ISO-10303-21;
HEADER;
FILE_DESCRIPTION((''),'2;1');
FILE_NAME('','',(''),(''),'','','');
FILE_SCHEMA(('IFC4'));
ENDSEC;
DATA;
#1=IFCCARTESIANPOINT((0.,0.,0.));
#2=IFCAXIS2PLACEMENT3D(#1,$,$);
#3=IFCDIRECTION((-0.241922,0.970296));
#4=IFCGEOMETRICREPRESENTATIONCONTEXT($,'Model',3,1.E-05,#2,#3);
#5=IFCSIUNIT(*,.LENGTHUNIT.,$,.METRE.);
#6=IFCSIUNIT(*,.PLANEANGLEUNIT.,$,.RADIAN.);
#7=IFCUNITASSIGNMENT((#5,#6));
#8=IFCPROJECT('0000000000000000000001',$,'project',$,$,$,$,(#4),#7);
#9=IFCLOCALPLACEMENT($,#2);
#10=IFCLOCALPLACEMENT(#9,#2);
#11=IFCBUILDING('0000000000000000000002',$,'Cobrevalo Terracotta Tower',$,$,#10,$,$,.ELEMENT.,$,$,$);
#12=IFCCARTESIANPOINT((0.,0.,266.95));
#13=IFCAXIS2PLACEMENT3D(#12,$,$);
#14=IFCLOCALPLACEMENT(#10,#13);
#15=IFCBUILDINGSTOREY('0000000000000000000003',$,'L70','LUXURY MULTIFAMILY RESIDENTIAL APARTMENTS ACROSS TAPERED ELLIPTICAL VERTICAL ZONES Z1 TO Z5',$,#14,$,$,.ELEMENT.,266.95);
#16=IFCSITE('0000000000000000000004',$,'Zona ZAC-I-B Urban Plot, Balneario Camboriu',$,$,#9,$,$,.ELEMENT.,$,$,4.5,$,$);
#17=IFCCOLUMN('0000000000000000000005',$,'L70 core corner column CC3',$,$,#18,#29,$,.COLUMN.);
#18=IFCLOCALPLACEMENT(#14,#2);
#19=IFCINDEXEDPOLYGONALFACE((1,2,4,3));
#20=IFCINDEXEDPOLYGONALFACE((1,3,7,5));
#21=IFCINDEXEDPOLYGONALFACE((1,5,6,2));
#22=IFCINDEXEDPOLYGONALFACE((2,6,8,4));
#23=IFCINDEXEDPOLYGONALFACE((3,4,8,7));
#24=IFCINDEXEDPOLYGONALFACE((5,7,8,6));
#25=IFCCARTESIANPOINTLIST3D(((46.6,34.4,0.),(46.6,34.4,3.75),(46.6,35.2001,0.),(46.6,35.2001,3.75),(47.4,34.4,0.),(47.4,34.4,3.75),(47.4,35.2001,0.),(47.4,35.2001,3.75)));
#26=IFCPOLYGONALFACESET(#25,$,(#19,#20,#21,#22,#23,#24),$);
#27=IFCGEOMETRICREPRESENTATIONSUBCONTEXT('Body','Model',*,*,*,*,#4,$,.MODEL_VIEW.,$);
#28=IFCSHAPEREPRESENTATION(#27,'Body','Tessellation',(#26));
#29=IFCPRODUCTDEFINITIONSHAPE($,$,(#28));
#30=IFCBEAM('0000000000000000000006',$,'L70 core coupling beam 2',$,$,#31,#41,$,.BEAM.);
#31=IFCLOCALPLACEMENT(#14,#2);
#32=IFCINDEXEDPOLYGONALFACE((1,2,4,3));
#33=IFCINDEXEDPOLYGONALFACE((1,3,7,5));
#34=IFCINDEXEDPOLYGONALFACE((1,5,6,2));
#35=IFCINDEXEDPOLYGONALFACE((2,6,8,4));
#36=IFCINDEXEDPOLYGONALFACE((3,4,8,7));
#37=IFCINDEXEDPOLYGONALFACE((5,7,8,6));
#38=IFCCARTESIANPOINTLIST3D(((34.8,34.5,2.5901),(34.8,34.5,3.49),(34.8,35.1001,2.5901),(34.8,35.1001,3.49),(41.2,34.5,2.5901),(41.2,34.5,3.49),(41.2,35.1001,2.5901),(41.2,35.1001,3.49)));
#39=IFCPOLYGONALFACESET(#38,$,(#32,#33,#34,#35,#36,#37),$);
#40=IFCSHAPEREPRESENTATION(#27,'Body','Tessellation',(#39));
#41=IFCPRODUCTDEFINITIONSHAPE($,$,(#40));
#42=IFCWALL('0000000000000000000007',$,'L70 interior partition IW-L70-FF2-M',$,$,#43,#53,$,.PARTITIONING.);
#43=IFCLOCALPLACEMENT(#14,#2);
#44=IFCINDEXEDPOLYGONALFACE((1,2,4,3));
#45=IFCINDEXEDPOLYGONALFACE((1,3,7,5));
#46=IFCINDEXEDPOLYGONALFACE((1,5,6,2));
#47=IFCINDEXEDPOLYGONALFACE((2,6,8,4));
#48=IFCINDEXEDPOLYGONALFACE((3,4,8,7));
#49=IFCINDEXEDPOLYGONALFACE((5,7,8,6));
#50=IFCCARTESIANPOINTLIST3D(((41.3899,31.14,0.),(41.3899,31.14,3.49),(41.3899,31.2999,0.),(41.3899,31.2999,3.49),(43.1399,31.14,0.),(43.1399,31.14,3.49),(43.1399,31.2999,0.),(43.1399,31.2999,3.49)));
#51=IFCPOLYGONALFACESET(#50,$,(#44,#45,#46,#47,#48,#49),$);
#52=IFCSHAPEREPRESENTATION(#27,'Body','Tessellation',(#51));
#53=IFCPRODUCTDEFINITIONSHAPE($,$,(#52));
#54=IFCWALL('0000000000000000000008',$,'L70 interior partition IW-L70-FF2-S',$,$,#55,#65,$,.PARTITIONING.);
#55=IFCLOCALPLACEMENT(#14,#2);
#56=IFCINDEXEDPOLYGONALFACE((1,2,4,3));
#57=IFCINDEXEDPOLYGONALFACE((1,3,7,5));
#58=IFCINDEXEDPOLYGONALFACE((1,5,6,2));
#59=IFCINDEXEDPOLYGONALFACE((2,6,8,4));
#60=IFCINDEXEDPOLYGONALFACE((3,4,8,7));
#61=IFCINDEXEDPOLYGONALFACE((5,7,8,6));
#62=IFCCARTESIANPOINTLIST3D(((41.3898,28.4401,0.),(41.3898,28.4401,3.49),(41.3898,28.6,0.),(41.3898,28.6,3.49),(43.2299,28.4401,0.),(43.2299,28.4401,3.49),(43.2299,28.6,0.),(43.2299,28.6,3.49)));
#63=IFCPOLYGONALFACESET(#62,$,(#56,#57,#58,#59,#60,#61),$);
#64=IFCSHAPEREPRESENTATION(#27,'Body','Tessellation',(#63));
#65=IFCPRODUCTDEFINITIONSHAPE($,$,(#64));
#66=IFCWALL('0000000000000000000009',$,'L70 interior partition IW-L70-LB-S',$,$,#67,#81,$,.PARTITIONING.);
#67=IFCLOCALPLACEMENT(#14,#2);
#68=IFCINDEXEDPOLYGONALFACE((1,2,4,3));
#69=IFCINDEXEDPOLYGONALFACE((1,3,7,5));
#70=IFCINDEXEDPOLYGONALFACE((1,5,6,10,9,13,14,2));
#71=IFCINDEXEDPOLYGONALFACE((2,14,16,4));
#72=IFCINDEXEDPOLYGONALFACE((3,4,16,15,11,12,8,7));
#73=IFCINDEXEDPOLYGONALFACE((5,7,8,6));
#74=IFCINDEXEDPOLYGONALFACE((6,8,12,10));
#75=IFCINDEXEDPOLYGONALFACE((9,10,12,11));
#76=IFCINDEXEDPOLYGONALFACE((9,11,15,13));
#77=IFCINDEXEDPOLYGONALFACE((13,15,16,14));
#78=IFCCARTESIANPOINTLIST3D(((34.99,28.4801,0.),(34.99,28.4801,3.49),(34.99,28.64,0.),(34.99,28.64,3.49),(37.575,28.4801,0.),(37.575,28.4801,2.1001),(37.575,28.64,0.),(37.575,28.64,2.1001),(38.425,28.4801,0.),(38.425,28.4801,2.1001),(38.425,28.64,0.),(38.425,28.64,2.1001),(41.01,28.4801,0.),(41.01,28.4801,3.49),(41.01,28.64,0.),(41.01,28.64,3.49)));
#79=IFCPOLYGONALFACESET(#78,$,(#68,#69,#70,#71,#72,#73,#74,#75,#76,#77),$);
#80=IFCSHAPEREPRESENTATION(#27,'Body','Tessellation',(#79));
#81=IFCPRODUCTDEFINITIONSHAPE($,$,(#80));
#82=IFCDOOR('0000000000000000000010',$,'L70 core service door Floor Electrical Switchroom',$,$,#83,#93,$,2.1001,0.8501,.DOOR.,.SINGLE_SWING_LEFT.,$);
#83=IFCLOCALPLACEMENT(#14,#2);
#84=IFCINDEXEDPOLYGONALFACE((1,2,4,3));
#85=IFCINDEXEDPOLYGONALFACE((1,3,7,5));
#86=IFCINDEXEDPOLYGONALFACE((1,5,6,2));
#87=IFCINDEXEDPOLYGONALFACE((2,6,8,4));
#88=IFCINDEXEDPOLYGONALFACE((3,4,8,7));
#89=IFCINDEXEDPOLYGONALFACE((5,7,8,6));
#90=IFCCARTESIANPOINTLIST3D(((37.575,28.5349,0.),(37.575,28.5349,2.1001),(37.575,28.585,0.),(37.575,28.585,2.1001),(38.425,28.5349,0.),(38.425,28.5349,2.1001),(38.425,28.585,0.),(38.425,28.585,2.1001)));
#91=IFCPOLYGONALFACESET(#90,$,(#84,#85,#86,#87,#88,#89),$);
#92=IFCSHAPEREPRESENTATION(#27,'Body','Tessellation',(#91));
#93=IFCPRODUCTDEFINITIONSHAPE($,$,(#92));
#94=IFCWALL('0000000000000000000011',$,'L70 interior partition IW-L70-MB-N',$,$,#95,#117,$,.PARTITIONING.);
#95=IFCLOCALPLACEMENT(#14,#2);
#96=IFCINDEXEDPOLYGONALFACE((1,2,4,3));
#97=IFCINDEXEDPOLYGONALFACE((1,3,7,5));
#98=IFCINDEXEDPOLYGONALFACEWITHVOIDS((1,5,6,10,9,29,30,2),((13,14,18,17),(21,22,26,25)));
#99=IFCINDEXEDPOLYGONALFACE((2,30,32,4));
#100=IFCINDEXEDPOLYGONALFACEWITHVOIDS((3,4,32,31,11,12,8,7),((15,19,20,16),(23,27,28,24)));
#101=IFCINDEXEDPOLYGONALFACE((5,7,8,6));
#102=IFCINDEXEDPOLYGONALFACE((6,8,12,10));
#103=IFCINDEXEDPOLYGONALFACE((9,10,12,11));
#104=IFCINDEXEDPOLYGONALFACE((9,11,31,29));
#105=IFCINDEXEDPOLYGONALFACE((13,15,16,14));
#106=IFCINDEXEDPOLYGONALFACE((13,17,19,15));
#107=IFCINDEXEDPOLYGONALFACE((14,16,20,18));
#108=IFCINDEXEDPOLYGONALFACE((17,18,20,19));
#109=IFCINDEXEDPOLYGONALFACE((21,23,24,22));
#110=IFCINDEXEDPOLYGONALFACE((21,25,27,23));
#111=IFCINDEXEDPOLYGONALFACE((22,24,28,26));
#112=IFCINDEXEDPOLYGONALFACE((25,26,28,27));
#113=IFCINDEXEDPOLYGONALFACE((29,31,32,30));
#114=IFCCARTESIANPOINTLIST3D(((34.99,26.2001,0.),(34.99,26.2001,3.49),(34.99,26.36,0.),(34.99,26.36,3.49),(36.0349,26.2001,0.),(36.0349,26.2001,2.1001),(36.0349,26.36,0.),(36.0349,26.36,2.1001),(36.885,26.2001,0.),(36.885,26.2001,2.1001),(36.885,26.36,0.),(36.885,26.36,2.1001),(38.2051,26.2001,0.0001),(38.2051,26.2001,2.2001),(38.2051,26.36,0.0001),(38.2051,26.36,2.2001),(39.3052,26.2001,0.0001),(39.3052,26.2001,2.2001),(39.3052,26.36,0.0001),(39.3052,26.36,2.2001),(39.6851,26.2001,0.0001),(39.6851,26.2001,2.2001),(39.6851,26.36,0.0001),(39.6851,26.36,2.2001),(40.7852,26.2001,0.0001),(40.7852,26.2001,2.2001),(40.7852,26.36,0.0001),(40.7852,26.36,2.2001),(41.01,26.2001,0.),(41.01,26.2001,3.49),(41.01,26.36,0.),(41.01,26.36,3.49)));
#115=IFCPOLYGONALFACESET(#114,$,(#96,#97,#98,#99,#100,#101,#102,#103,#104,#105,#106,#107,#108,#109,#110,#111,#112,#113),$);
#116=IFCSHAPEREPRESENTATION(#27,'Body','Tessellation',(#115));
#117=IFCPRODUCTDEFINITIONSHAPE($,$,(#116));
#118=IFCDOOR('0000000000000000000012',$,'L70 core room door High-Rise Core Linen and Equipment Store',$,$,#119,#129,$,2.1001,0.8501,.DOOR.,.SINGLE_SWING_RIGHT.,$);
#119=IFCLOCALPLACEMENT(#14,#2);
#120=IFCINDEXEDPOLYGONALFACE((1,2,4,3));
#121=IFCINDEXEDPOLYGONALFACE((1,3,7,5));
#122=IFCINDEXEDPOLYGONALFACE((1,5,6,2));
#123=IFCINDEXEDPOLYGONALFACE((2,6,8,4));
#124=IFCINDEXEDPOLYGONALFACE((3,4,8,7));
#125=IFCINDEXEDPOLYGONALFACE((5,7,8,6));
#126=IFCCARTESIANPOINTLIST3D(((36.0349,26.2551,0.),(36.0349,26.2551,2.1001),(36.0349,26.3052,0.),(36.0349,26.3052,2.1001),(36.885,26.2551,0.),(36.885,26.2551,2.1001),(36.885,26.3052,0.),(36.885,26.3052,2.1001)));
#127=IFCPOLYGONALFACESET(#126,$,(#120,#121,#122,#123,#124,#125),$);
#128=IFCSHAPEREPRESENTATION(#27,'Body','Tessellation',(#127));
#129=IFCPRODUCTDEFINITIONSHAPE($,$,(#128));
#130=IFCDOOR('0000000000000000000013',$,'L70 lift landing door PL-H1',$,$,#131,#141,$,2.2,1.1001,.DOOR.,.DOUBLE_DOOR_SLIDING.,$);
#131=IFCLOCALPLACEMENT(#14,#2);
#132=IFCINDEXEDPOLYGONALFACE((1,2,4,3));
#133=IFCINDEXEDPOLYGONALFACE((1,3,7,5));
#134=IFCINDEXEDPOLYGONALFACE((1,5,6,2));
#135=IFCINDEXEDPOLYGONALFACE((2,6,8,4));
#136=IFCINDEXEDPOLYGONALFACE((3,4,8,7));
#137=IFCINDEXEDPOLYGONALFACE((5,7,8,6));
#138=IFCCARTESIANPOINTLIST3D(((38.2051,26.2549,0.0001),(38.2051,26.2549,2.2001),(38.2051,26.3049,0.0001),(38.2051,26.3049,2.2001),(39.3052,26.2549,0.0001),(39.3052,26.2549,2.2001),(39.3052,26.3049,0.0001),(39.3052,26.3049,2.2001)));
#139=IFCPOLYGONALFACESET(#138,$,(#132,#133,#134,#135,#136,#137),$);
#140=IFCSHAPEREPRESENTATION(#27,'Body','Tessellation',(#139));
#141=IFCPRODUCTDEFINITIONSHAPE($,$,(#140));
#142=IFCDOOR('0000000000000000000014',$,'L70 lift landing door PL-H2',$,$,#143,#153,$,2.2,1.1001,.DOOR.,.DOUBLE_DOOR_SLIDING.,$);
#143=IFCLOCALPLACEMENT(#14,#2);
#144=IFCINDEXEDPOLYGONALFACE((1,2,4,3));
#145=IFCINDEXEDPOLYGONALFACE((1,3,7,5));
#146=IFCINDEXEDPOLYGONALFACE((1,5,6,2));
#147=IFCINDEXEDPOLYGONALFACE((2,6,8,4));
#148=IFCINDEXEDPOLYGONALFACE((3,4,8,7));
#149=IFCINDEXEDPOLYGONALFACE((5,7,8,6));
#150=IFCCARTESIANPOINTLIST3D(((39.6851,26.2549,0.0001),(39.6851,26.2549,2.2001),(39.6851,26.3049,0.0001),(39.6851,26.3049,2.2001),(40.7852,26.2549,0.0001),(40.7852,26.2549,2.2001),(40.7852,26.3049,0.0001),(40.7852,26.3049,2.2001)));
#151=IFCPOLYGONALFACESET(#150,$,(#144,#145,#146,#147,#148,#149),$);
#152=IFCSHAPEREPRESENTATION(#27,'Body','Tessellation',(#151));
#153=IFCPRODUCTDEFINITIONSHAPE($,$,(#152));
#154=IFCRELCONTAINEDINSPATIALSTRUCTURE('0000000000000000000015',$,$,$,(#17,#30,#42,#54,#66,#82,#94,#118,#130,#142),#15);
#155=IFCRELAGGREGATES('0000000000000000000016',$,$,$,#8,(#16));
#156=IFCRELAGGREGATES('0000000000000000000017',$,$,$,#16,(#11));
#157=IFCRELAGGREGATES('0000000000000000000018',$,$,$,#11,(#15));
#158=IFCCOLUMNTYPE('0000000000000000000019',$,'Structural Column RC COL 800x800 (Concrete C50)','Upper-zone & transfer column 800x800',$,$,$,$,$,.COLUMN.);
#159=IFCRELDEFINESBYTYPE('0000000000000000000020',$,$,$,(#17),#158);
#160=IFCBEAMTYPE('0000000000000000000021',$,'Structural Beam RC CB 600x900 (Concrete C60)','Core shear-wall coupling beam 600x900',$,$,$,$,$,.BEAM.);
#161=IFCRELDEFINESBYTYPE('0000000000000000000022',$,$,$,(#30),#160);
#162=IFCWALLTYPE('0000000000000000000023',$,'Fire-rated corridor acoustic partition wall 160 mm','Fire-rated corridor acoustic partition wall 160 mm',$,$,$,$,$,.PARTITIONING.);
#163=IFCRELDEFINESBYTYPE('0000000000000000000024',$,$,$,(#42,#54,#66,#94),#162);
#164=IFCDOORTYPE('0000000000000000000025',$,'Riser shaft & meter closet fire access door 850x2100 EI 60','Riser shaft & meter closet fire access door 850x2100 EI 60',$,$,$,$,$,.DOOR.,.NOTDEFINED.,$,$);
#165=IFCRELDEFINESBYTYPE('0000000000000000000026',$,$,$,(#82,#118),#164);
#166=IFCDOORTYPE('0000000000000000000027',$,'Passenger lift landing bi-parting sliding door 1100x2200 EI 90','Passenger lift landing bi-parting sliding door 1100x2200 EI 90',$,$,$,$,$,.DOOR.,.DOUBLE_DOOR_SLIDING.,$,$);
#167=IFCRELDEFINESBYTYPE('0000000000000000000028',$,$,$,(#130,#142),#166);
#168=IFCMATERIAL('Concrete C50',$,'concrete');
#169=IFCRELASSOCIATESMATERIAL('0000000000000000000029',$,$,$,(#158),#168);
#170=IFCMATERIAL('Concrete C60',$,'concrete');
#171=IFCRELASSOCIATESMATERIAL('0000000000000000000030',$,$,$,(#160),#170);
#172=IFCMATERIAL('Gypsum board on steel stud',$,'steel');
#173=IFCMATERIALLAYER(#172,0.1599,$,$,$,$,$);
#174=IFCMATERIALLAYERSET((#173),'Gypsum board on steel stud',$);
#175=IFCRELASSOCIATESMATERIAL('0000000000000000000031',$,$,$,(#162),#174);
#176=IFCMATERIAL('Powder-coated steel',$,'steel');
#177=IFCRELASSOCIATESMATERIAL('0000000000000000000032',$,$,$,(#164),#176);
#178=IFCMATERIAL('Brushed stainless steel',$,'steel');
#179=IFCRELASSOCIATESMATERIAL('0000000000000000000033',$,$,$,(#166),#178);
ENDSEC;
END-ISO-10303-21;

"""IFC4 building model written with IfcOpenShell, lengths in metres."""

from ifc_helpers import new_model, si_unit, direction, frame, frame_2d, origin, origin_2d, place, context, subcontext, project, spatial, rectangle, extrude, source, transform, mapped, material, layer, layer_set, material_profile, profile_set, type_object, element, fill, save


model = new_model("IFC4")

# Units and contexts
model_context = context("Model", 3, precision=1e-05, world=origin(), true_north=direction((-0.241922, 0.970296)))
body_context = subcontext(model_context, "Body", "Model", "MODEL_VIEW")
ifc_project = project(units=[si_unit("LENGTHUNIT", "METRE"), si_unit("PLANEANGLEUNIT", "RADIAN")], contexts=[model_context])

# Site, building, storey
site_placement = place(None, origin())
site = spatial("IfcSite", under=ifc_project, at=site_placement, Name="Zona ZAC-I-B Urban Plot, Balneario Camboriu", CompositionType="ELEMENT", RefElevation=4.5)
building_placement = place(site_placement, origin())
building = spatial("IfcBuilding", under=site, at=building_placement, Name="Cobrevalo Terracotta Tower", CompositionType="ELEMENT")
storey_placement = place(building_placement, frame((0.0, 0.0, 266.95)))
storey = spatial("IfcBuildingStorey", under=building, at=storey_placement, Name="L70", Description="LUXURY MULTIFAMILY RESIDENTIAL APARTMENTS ACROSS TAPERED ELLIPTICAL VERTICAL ZONES Z1 TO Z5", CompositionType="ELEMENT", Elevation=266.95)

# Column
ifc_material_1 = material(Name="Concrete C50", Category="concrete")
ifc_material_profile_1 = material_profile(ifc_material_1, rectangle(XDim=0.8, YDim=0.8, at=origin_2d()), Name="RC COL 800x800")
ifc_profile_set_1 = profile_set([ifc_material_profile_1], Name="Concrete C50")
column_type = type_object("IfcColumnType", Name="Structural Column RC COL 800x800 (Concrete C50)", Description="Upper-zone & transfer column 800x800", PredefinedType="COLUMN", material=ifc_profile_set_1)
column_placement = place(storey_placement, frame((47.0, 34.8, 0.0), z_axis=(0.0, 0.0, 1.0), x_axis=(1.0, 0.0, 0.0)))
element("IfcColumn", 1, at=column_placement, inside=storey, type_object=column_type, Name="L70 core corner column CC3", PredefinedType="COLUMN", context=body_context, shape_type="SweptSolid", body=[
    extrude(rectangle(XDim=0.8, YDim=0.8, at=origin_2d()), origin(), (0.0, 0.0, 1.0), 3.75),
])

# Beam
ifc_material_2 = material(Name="Concrete C60", Category="concrete")
ifc_material_profile_2 = material_profile(ifc_material_2, rectangle(XDim=0.6001, YDim=0.8999, at=origin_2d()), Name="RC CB 600x900")
ifc_profile_set_2 = profile_set([ifc_material_profile_2], Name="Concrete C60")
beam_type = type_object("IfcBeamType", Name="Structural Beam RC CB 600x900 (Concrete C60)", Description="Core shear-wall coupling beam 600x900", PredefinedType="BEAM", material=ifc_profile_set_2)
beam_placement = place(storey_placement, frame((34.8, 34.8, 3.04), z_axis=(1.0, 0.0, 0.0), x_axis=(0.0, 1.0, 0.0)))
element("IfcBeam", 2, at=beam_placement, inside=storey, type_object=beam_type, Name="L70 core coupling beam 2", PredefinedType="BEAM", context=body_context, shape_type="SweptSolid", body=[
    extrude(rectangle(XDim=0.6001, YDim=0.8999, at=origin_2d()), origin(), (0.0, 0.0, 1.0), 6.3999),
])

# Walls
ifc_material_3 = material(Name="Gypsum board on steel stud", Category="steel")
ifc_layer_1 = layer(ifc_material_3, 0.1599)
ifc_layer_set_1 = layer_set([ifc_layer_1], Name="Gypsum board on steel stud")
wall_type_1 = type_object("IfcWallType", Name="Fire-rated corridor acoustic partition wall 160 mm", Description="Fire-rated corridor acoustic partition wall 160 mm", PredefinedType="PARTITIONING", material=ifc_layer_set_1)
wall_1_placement = place(storey_placement, frame((41.3899, 31.22, 0.0), z_axis=(0.0, 0.0, 1.0), x_axis=(1.0, 0.0, 0.0)))
element("IfcWall", 3, at=wall_1_placement, inside=storey, type_object=wall_type_1, Name="L70 interior partition IW-L70-FF2-M", PredefinedType="PARTITIONING", context=body_context, shape_type="SweptSolid", body=[
    extrude(rectangle(XDim=1.75, YDim=0.1599, at=frame_2d((0.875, 0.0))), origin(), (0.0, 0.0, 1.0), 3.49),
])
wall_2_placement = place(storey_placement, frame((41.3899, 28.52, 0.0), z_axis=(0.0, 0.0, 1.0), x_axis=(1.0, 0.0, 0.0)))
element("IfcWall", 4, at=wall_2_placement, inside=storey, type_object=wall_type_1, Name="L70 interior partition IW-L70-FF2-S", PredefinedType="PARTITIONING", context=body_context, shape_type="SweptSolid", body=[
    extrude(rectangle(XDim=1.8401, YDim=0.1599, at=frame_2d((0.9199, 0.0))), origin(), (0.0, 0.0, 1.0), 3.49),
])

# Wall, opening, door
wall_3_placement = place(storey_placement, frame((34.99, 28.5601, 0.0), z_axis=(0.0, 0.0, 1.0), x_axis=(1.0, 0.0, 0.0)))
wall_3 = element("IfcWall", 5, at=wall_3_placement, inside=storey, type_object=wall_type_1, Name="L70 interior partition IW-L70-LB-S", PredefinedType="PARTITIONING", context=body_context, shape_type="SweptSolid", body=[
    extrude(rectangle(XDim=6.02, YDim=0.1599, at=frame_2d((3.01, 0.0))), origin(), (0.0, 0.0, 1.0), 3.49),
])
opening_1_placement = place(wall_3_placement, frame((2.585, 0.0, 0.0)))
opening_1 = element("IfcOpeningElement", 6, at=opening_1_placement, cuts=wall_3, PredefinedType="OPENING", context=body_context, shape_type="SweptSolid", body=[
    extrude(rectangle(XDim=0.8501, YDim=2.1001, at=frame_2d((0.425, 1.05))), frame((0.0, 0.0898, 0.0), z_axis=(0.0, -1.0, 0.0), x_axis=(1.0, 0.0, 0.0)), (0.0, 0.0, 1.0), 0.1799),
])
ifc_material_4 = material(Name="Powder-coated steel", Category="steel")
door_type_1 = type_object("IfcDoorType", Name="Riser shaft & meter closet fire access door 850x2100 EI 60", Description="Riser shaft & meter closet fire access door 850x2100 EI 60", OperationType="NOTDEFINED", PredefinedType="DOOR", material=ifc_material_4)
shared_shape_1 = source(origin(), body_context, "Body", "SweptSolid", [
    extrude(rectangle(XDim=0.8501, YDim=2.1001, at=frame_2d((0.425, 1.05))), frame((0.0, 0.0249, 0.0), z_axis=(0.0, -1.0, 0.0), x_axis=(1.0, 0.0, 0.0)), (0.0, 0.0, 1.0), 0.05),
])
door_1_placement = place(opening_1_placement, origin())
door_1 = element("IfcDoor", 7, at=door_1_placement, inside=storey, type_object=door_type_1, Name="L70 core service door Floor Electrical Switchroom", OperationType="SINGLE_SWING_LEFT", OverallHeight=2.1001, OverallWidth=0.8501, PredefinedType="DOOR", context=body_context, shape_type="MappedRepresentation", body=[
    mapped(shared_shape_1, transform((0.0, 0.0, 0.0), scale=1.0)),
])
fill(opening_1, door_1)

# Wall, openings, doors
wall_4_placement = place(storey_placement, frame((34.99, 26.28, 0.0), z_axis=(0.0, 0.0, 1.0), x_axis=(1.0, 0.0, 0.0)))
wall_4 = element("IfcWall", 8, at=wall_4_placement, inside=storey, type_object=wall_type_1, Name="L70 interior partition IW-L70-MB-N", PredefinedType="PARTITIONING", context=body_context, shape_type="SweptSolid", body=[
    extrude(rectangle(XDim=6.02, YDim=0.1599, at=frame_2d((3.01, 0.0))), origin(), (0.0, 0.0, 1.0), 3.49),
])
opening_2_placement = place(wall_4_placement, frame((1.0449, 0.0, 0.0)))
opening_2 = element("IfcOpeningElement", 9, at=opening_2_placement, cuts=wall_4, PredefinedType="OPENING", context=body_context, shape_type="SweptSolid", body=[
    extrude(rectangle(XDim=0.8501, YDim=2.1001, at=frame_2d((0.425, 1.05))), frame((0.0, 0.0898, 0.0), z_axis=(0.0, -1.0, 0.0), x_axis=(1.0, 0.0, 0.0)), (0.0, 0.0, 1.0), 0.1799),
])
opening_3_placement = place(wall_4_placement, frame((3.2151, 0.0, 0.0)))
opening_3 = element("IfcOpeningElement", 10, at=opening_3_placement, cuts=wall_4, PredefinedType="OPENING", context=body_context, shape_type="SweptSolid", body=[
    extrude(rectangle(XDim=1.1001, YDim=2.2, at=frame_2d((0.55, 1.1001))), frame((0.0, 0.0898, 0.0), z_axis=(0.0, -1.0, 0.0), x_axis=(1.0, 0.0, 0.0)), (0.0, 0.0, 1.0), 0.1799),
])
opening_4_placement = place(wall_4_placement, frame((4.6951, 0.0, 0.0)))
opening_4 = element("IfcOpeningElement", 11, at=opening_4_placement, cuts=wall_4, PredefinedType="OPENING", context=body_context, shape_type="SweptSolid", body=[
    extrude(rectangle(XDim=1.1001, YDim=2.2, at=frame_2d((0.55, 1.1001))), frame((0.0, 0.0898, 0.0), z_axis=(0.0, -1.0, 0.0), x_axis=(1.0, 0.0, 0.0)), (0.0, 0.0, 1.0), 0.1799),
])
door_2_placement = place(opening_2_placement, frame((0.8501, 0.0, 0.0), z_axis=(0.0, 0.0, 1.0), x_axis=(-1.0, 0.0, 0.0)))
door_2 = element("IfcDoor", 12, at=door_2_placement, inside=storey, type_object=door_type_1, Name="L70 core room door High-Rise Core Linen and Equipment Store", OperationType="SINGLE_SWING_RIGHT", OverallHeight=2.1001, OverallWidth=0.8501, PredefinedType="DOOR", context=body_context, shape_type="MappedRepresentation", body=[
    mapped(shared_shape_1, transform((0.0, 0.0, 0.0), scale=1.0)),
])
fill(opening_2, door_2)
ifc_material_5 = material(Name="Brushed stainless steel", Category="steel")
door_type_2 = type_object("IfcDoorType", Name="Passenger lift landing bi-parting sliding door 1100x2200 EI 90", Description="Passenger lift landing bi-parting sliding door 1100x2200 EI 90", OperationType="DOUBLE_DOOR_SLIDING", PredefinedType="DOOR", material=ifc_material_5)
shared_shape_2 = source(origin(), body_context, "Body", "SweptSolid", [
    extrude(rectangle(XDim=1.1001, YDim=2.2, at=frame_2d((0.55, 1.1001))), frame((0.0, 0.0249, 0.0), z_axis=(0.0, -1.0, 0.0), x_axis=(1.0, 0.0, 0.0)), (0.0, 0.0, 1.0), 0.05),
])
door_3_placement = place(opening_3_placement, origin())
door_3 = element("IfcDoor", 13, at=door_3_placement, inside=storey, type_object=door_type_2, Name="L70 lift landing door PL-H1", OperationType="DOUBLE_DOOR_SLIDING", OverallHeight=2.2, OverallWidth=1.1001, PredefinedType="DOOR", context=body_context, shape_type="MappedRepresentation", body=[
    mapped(shared_shape_2, transform((0.0, 0.0, 0.0), scale=1.0)),
])
fill(opening_3, door_3)
door_4_placement = place(opening_4_placement, origin())
door_4 = element("IfcDoor", 14, at=door_4_placement, inside=storey, type_object=door_type_2, Name="L70 lift landing door PL-H2", OperationType="DOUBLE_DOOR_SLIDING", OverallHeight=2.2, OverallWidth=1.1001, PredefinedType="DOOR", context=body_context, shape_type="MappedRepresentation", body=[
    mapped(shared_shape_2, transform((0.0, 0.0, 0.0), scale=1.0)),
])
fill(opening_4, door_4)

save(model, "model.ifc")
